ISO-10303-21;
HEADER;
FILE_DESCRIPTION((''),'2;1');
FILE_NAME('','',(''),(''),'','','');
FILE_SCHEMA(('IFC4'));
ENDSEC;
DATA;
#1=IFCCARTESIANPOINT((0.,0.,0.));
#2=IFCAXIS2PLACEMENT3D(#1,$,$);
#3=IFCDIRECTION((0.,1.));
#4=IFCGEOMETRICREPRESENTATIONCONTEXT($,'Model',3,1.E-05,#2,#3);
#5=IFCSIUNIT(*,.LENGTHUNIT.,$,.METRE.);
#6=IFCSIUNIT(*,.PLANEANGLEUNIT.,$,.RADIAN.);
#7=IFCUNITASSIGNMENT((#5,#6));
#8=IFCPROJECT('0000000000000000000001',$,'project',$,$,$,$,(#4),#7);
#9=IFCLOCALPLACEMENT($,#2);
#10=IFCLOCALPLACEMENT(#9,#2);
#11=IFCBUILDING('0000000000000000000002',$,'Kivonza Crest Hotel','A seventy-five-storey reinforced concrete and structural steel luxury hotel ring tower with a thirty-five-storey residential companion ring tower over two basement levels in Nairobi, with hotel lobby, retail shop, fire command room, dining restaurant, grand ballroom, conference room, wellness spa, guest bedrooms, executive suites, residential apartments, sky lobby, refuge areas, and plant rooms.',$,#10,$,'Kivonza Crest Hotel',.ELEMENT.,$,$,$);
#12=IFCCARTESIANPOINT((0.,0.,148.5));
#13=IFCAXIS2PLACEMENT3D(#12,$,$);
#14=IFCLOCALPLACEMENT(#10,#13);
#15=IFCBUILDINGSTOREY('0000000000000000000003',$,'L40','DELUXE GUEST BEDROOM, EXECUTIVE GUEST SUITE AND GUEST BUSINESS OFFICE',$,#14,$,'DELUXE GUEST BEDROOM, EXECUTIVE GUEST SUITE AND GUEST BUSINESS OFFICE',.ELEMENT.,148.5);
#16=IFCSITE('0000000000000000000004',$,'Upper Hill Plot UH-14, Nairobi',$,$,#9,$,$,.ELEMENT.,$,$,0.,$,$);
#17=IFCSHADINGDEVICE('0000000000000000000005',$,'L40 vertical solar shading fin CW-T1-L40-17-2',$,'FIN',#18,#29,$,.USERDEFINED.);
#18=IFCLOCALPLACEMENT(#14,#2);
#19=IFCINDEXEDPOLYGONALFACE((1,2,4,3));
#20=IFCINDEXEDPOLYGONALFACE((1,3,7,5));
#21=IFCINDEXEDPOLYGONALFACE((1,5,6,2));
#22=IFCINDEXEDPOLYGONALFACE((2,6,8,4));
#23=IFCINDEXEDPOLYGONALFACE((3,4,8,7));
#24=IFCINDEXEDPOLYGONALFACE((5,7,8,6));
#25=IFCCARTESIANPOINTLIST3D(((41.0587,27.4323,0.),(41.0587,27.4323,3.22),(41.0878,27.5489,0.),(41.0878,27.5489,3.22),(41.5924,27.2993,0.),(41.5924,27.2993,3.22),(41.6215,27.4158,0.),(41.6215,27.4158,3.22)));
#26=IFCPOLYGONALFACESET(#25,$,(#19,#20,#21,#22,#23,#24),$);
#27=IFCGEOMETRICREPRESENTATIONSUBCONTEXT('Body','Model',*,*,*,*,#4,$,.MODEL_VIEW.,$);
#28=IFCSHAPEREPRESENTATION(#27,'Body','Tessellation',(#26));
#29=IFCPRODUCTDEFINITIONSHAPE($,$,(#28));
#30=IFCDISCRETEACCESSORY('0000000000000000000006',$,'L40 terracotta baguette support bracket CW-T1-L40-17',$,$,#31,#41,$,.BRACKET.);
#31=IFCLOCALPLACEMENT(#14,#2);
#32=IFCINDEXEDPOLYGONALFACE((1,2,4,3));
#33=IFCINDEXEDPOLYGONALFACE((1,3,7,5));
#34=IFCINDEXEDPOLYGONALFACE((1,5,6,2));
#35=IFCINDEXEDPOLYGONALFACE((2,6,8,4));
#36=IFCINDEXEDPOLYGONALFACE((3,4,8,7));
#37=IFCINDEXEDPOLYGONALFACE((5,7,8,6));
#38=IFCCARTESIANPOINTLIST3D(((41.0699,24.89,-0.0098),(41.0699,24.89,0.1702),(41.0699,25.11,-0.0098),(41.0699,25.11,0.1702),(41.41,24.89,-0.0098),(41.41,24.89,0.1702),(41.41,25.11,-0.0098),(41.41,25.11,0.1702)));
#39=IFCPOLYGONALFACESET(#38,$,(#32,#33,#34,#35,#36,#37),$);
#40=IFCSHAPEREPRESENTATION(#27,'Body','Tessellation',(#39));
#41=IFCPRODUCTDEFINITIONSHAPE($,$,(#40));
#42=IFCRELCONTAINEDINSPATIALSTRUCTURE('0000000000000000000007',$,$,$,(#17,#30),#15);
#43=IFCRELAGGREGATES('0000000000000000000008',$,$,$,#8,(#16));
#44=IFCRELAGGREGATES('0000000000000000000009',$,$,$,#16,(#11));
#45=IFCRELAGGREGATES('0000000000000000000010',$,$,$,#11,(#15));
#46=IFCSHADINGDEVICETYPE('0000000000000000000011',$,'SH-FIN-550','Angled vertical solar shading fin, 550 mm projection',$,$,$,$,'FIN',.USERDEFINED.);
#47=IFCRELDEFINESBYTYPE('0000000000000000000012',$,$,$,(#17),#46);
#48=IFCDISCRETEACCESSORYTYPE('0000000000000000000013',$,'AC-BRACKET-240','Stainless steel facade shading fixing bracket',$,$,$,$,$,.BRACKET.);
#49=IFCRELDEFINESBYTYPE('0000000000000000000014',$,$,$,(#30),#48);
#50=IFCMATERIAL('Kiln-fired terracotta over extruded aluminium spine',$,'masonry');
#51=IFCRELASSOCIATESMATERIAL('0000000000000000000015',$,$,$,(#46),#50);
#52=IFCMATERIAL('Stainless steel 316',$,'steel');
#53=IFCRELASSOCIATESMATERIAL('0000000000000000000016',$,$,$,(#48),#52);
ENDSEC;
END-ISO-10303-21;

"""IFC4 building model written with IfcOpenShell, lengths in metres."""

from ifc_helpers import new_model, si_unit, direction, frame, origin, origin_2d, place, context, subcontext, project, spatial, rectangle, extrude, material, type_object, element, save


model = new_model("IFC4")

# Units and contexts
model_context = context("Model", 3, precision=1e-05, world=origin(), true_north=direction((0.0, 1.0)))
body_context = subcontext(model_context, "Body", "Model", "MODEL_VIEW")
ifc_project = project(units=[si_unit("LENGTHUNIT", "METRE"), si_unit("PLANEANGLEUNIT", "RADIAN")], contexts=[model_context])

# Site, building, storey
site_placement = place(None, origin())
site = spatial("IfcSite", under=ifc_project, at=site_placement, Name="Upper Hill Plot UH-14, Nairobi", CompositionType="ELEMENT", RefElevation=0.0)
building_placement = place(site_placement, origin())
building = spatial("IfcBuilding", under=site, at=building_placement, Name="Kivonza Crest Hotel", Description="A seventy-five-storey reinforced concrete and structural steel luxury hotel ring tower with a thirty-five-storey residential companion ring tower over two basement levels in Nairobi, with hotel lobby, retail shop, fire command room, dining restaurant, grand ballroom, conference room, wellness spa, guest bedrooms, executive suites, residential apartments, sky lobby, refuge areas, and plant rooms.", LongName="Kivonza Crest Hotel", CompositionType="ELEMENT")
storey_placement = place(building_placement, frame((0.0, 0.0, 148.5)))
storey = spatial("IfcBuildingStorey", under=building, at=storey_placement, Name="L40", Description="DELUXE GUEST BEDROOM, EXECUTIVE GUEST SUITE AND GUEST BUSINESS OFFICE", LongName="DELUXE GUEST BEDROOM, EXECUTIVE GUEST SUITE AND GUEST BUSINESS OFFICE", CompositionType="ELEMENT", Elevation=148.5)

# Shading device
ifc_material_1 = material(Name="Kiln-fired terracotta over extruded aluminium spine", Category="masonry")
shading_device_type_1 = type_object("IfcShadingDeviceType", Name="SH-FIN-550", Description="Angled vertical solar shading fin, 550 mm projection", ElementType="FIN", PredefinedType="USERDEFINED", material=ifc_material_1)
shading_device_1_placement = place(storey_placement, frame((41.3401, 27.4241, 0.0), z_axis=(0.0, 0.0, 1.0), x_axis=(0.241922, 0.970296, 0.0)))
element("IfcShadingDevice", 1, at=shading_device_1_placement, inside=storey, type_object=shading_device_type_1, Name="L40 vertical solar shading fin CW-T1-L40-17-2", ObjectType="FIN", PredefinedType="USERDEFINED", context=body_context, shape_type="SweptSolid", body=[
    extrude(rectangle(XDim=0.1201, YDim=0.55, at=origin_2d()), origin(), (0.0, 0.0, 1.0), 3.22),
])

# Discrete accessory
ifc_material_2 = material(Name="Stainless steel 316", Category="steel")
discrete_accessory_type = type_object("IfcDiscreteAccessoryType", Name="AC-BRACKET-240", Description="Stainless steel facade shading fixing bracket", PredefinedType="BRACKET", material=ifc_material_2)
discrete_accessory_placement = place(storey_placement, frame((41.24, 25.0, -0.0098), z_axis=(0.0, 0.0, 1.0), x_axis=(0.0, 1.0, 0.0)))
element("IfcDiscreteAccessory", 2, at=discrete_accessory_placement, inside=storey, type_object=discrete_accessory_type, Name="L40 terracotta baguette support bracket CW-T1-L40-17", PredefinedType="BRACKET", context=body_context, shape_type="SweptSolid", body=[
    extrude(rectangle(XDim=0.22, YDim=0.3401, at=origin_2d()), origin(), (0.0, 0.0, 1.0), 0.1799),
])

save(model, "model.ifc")
